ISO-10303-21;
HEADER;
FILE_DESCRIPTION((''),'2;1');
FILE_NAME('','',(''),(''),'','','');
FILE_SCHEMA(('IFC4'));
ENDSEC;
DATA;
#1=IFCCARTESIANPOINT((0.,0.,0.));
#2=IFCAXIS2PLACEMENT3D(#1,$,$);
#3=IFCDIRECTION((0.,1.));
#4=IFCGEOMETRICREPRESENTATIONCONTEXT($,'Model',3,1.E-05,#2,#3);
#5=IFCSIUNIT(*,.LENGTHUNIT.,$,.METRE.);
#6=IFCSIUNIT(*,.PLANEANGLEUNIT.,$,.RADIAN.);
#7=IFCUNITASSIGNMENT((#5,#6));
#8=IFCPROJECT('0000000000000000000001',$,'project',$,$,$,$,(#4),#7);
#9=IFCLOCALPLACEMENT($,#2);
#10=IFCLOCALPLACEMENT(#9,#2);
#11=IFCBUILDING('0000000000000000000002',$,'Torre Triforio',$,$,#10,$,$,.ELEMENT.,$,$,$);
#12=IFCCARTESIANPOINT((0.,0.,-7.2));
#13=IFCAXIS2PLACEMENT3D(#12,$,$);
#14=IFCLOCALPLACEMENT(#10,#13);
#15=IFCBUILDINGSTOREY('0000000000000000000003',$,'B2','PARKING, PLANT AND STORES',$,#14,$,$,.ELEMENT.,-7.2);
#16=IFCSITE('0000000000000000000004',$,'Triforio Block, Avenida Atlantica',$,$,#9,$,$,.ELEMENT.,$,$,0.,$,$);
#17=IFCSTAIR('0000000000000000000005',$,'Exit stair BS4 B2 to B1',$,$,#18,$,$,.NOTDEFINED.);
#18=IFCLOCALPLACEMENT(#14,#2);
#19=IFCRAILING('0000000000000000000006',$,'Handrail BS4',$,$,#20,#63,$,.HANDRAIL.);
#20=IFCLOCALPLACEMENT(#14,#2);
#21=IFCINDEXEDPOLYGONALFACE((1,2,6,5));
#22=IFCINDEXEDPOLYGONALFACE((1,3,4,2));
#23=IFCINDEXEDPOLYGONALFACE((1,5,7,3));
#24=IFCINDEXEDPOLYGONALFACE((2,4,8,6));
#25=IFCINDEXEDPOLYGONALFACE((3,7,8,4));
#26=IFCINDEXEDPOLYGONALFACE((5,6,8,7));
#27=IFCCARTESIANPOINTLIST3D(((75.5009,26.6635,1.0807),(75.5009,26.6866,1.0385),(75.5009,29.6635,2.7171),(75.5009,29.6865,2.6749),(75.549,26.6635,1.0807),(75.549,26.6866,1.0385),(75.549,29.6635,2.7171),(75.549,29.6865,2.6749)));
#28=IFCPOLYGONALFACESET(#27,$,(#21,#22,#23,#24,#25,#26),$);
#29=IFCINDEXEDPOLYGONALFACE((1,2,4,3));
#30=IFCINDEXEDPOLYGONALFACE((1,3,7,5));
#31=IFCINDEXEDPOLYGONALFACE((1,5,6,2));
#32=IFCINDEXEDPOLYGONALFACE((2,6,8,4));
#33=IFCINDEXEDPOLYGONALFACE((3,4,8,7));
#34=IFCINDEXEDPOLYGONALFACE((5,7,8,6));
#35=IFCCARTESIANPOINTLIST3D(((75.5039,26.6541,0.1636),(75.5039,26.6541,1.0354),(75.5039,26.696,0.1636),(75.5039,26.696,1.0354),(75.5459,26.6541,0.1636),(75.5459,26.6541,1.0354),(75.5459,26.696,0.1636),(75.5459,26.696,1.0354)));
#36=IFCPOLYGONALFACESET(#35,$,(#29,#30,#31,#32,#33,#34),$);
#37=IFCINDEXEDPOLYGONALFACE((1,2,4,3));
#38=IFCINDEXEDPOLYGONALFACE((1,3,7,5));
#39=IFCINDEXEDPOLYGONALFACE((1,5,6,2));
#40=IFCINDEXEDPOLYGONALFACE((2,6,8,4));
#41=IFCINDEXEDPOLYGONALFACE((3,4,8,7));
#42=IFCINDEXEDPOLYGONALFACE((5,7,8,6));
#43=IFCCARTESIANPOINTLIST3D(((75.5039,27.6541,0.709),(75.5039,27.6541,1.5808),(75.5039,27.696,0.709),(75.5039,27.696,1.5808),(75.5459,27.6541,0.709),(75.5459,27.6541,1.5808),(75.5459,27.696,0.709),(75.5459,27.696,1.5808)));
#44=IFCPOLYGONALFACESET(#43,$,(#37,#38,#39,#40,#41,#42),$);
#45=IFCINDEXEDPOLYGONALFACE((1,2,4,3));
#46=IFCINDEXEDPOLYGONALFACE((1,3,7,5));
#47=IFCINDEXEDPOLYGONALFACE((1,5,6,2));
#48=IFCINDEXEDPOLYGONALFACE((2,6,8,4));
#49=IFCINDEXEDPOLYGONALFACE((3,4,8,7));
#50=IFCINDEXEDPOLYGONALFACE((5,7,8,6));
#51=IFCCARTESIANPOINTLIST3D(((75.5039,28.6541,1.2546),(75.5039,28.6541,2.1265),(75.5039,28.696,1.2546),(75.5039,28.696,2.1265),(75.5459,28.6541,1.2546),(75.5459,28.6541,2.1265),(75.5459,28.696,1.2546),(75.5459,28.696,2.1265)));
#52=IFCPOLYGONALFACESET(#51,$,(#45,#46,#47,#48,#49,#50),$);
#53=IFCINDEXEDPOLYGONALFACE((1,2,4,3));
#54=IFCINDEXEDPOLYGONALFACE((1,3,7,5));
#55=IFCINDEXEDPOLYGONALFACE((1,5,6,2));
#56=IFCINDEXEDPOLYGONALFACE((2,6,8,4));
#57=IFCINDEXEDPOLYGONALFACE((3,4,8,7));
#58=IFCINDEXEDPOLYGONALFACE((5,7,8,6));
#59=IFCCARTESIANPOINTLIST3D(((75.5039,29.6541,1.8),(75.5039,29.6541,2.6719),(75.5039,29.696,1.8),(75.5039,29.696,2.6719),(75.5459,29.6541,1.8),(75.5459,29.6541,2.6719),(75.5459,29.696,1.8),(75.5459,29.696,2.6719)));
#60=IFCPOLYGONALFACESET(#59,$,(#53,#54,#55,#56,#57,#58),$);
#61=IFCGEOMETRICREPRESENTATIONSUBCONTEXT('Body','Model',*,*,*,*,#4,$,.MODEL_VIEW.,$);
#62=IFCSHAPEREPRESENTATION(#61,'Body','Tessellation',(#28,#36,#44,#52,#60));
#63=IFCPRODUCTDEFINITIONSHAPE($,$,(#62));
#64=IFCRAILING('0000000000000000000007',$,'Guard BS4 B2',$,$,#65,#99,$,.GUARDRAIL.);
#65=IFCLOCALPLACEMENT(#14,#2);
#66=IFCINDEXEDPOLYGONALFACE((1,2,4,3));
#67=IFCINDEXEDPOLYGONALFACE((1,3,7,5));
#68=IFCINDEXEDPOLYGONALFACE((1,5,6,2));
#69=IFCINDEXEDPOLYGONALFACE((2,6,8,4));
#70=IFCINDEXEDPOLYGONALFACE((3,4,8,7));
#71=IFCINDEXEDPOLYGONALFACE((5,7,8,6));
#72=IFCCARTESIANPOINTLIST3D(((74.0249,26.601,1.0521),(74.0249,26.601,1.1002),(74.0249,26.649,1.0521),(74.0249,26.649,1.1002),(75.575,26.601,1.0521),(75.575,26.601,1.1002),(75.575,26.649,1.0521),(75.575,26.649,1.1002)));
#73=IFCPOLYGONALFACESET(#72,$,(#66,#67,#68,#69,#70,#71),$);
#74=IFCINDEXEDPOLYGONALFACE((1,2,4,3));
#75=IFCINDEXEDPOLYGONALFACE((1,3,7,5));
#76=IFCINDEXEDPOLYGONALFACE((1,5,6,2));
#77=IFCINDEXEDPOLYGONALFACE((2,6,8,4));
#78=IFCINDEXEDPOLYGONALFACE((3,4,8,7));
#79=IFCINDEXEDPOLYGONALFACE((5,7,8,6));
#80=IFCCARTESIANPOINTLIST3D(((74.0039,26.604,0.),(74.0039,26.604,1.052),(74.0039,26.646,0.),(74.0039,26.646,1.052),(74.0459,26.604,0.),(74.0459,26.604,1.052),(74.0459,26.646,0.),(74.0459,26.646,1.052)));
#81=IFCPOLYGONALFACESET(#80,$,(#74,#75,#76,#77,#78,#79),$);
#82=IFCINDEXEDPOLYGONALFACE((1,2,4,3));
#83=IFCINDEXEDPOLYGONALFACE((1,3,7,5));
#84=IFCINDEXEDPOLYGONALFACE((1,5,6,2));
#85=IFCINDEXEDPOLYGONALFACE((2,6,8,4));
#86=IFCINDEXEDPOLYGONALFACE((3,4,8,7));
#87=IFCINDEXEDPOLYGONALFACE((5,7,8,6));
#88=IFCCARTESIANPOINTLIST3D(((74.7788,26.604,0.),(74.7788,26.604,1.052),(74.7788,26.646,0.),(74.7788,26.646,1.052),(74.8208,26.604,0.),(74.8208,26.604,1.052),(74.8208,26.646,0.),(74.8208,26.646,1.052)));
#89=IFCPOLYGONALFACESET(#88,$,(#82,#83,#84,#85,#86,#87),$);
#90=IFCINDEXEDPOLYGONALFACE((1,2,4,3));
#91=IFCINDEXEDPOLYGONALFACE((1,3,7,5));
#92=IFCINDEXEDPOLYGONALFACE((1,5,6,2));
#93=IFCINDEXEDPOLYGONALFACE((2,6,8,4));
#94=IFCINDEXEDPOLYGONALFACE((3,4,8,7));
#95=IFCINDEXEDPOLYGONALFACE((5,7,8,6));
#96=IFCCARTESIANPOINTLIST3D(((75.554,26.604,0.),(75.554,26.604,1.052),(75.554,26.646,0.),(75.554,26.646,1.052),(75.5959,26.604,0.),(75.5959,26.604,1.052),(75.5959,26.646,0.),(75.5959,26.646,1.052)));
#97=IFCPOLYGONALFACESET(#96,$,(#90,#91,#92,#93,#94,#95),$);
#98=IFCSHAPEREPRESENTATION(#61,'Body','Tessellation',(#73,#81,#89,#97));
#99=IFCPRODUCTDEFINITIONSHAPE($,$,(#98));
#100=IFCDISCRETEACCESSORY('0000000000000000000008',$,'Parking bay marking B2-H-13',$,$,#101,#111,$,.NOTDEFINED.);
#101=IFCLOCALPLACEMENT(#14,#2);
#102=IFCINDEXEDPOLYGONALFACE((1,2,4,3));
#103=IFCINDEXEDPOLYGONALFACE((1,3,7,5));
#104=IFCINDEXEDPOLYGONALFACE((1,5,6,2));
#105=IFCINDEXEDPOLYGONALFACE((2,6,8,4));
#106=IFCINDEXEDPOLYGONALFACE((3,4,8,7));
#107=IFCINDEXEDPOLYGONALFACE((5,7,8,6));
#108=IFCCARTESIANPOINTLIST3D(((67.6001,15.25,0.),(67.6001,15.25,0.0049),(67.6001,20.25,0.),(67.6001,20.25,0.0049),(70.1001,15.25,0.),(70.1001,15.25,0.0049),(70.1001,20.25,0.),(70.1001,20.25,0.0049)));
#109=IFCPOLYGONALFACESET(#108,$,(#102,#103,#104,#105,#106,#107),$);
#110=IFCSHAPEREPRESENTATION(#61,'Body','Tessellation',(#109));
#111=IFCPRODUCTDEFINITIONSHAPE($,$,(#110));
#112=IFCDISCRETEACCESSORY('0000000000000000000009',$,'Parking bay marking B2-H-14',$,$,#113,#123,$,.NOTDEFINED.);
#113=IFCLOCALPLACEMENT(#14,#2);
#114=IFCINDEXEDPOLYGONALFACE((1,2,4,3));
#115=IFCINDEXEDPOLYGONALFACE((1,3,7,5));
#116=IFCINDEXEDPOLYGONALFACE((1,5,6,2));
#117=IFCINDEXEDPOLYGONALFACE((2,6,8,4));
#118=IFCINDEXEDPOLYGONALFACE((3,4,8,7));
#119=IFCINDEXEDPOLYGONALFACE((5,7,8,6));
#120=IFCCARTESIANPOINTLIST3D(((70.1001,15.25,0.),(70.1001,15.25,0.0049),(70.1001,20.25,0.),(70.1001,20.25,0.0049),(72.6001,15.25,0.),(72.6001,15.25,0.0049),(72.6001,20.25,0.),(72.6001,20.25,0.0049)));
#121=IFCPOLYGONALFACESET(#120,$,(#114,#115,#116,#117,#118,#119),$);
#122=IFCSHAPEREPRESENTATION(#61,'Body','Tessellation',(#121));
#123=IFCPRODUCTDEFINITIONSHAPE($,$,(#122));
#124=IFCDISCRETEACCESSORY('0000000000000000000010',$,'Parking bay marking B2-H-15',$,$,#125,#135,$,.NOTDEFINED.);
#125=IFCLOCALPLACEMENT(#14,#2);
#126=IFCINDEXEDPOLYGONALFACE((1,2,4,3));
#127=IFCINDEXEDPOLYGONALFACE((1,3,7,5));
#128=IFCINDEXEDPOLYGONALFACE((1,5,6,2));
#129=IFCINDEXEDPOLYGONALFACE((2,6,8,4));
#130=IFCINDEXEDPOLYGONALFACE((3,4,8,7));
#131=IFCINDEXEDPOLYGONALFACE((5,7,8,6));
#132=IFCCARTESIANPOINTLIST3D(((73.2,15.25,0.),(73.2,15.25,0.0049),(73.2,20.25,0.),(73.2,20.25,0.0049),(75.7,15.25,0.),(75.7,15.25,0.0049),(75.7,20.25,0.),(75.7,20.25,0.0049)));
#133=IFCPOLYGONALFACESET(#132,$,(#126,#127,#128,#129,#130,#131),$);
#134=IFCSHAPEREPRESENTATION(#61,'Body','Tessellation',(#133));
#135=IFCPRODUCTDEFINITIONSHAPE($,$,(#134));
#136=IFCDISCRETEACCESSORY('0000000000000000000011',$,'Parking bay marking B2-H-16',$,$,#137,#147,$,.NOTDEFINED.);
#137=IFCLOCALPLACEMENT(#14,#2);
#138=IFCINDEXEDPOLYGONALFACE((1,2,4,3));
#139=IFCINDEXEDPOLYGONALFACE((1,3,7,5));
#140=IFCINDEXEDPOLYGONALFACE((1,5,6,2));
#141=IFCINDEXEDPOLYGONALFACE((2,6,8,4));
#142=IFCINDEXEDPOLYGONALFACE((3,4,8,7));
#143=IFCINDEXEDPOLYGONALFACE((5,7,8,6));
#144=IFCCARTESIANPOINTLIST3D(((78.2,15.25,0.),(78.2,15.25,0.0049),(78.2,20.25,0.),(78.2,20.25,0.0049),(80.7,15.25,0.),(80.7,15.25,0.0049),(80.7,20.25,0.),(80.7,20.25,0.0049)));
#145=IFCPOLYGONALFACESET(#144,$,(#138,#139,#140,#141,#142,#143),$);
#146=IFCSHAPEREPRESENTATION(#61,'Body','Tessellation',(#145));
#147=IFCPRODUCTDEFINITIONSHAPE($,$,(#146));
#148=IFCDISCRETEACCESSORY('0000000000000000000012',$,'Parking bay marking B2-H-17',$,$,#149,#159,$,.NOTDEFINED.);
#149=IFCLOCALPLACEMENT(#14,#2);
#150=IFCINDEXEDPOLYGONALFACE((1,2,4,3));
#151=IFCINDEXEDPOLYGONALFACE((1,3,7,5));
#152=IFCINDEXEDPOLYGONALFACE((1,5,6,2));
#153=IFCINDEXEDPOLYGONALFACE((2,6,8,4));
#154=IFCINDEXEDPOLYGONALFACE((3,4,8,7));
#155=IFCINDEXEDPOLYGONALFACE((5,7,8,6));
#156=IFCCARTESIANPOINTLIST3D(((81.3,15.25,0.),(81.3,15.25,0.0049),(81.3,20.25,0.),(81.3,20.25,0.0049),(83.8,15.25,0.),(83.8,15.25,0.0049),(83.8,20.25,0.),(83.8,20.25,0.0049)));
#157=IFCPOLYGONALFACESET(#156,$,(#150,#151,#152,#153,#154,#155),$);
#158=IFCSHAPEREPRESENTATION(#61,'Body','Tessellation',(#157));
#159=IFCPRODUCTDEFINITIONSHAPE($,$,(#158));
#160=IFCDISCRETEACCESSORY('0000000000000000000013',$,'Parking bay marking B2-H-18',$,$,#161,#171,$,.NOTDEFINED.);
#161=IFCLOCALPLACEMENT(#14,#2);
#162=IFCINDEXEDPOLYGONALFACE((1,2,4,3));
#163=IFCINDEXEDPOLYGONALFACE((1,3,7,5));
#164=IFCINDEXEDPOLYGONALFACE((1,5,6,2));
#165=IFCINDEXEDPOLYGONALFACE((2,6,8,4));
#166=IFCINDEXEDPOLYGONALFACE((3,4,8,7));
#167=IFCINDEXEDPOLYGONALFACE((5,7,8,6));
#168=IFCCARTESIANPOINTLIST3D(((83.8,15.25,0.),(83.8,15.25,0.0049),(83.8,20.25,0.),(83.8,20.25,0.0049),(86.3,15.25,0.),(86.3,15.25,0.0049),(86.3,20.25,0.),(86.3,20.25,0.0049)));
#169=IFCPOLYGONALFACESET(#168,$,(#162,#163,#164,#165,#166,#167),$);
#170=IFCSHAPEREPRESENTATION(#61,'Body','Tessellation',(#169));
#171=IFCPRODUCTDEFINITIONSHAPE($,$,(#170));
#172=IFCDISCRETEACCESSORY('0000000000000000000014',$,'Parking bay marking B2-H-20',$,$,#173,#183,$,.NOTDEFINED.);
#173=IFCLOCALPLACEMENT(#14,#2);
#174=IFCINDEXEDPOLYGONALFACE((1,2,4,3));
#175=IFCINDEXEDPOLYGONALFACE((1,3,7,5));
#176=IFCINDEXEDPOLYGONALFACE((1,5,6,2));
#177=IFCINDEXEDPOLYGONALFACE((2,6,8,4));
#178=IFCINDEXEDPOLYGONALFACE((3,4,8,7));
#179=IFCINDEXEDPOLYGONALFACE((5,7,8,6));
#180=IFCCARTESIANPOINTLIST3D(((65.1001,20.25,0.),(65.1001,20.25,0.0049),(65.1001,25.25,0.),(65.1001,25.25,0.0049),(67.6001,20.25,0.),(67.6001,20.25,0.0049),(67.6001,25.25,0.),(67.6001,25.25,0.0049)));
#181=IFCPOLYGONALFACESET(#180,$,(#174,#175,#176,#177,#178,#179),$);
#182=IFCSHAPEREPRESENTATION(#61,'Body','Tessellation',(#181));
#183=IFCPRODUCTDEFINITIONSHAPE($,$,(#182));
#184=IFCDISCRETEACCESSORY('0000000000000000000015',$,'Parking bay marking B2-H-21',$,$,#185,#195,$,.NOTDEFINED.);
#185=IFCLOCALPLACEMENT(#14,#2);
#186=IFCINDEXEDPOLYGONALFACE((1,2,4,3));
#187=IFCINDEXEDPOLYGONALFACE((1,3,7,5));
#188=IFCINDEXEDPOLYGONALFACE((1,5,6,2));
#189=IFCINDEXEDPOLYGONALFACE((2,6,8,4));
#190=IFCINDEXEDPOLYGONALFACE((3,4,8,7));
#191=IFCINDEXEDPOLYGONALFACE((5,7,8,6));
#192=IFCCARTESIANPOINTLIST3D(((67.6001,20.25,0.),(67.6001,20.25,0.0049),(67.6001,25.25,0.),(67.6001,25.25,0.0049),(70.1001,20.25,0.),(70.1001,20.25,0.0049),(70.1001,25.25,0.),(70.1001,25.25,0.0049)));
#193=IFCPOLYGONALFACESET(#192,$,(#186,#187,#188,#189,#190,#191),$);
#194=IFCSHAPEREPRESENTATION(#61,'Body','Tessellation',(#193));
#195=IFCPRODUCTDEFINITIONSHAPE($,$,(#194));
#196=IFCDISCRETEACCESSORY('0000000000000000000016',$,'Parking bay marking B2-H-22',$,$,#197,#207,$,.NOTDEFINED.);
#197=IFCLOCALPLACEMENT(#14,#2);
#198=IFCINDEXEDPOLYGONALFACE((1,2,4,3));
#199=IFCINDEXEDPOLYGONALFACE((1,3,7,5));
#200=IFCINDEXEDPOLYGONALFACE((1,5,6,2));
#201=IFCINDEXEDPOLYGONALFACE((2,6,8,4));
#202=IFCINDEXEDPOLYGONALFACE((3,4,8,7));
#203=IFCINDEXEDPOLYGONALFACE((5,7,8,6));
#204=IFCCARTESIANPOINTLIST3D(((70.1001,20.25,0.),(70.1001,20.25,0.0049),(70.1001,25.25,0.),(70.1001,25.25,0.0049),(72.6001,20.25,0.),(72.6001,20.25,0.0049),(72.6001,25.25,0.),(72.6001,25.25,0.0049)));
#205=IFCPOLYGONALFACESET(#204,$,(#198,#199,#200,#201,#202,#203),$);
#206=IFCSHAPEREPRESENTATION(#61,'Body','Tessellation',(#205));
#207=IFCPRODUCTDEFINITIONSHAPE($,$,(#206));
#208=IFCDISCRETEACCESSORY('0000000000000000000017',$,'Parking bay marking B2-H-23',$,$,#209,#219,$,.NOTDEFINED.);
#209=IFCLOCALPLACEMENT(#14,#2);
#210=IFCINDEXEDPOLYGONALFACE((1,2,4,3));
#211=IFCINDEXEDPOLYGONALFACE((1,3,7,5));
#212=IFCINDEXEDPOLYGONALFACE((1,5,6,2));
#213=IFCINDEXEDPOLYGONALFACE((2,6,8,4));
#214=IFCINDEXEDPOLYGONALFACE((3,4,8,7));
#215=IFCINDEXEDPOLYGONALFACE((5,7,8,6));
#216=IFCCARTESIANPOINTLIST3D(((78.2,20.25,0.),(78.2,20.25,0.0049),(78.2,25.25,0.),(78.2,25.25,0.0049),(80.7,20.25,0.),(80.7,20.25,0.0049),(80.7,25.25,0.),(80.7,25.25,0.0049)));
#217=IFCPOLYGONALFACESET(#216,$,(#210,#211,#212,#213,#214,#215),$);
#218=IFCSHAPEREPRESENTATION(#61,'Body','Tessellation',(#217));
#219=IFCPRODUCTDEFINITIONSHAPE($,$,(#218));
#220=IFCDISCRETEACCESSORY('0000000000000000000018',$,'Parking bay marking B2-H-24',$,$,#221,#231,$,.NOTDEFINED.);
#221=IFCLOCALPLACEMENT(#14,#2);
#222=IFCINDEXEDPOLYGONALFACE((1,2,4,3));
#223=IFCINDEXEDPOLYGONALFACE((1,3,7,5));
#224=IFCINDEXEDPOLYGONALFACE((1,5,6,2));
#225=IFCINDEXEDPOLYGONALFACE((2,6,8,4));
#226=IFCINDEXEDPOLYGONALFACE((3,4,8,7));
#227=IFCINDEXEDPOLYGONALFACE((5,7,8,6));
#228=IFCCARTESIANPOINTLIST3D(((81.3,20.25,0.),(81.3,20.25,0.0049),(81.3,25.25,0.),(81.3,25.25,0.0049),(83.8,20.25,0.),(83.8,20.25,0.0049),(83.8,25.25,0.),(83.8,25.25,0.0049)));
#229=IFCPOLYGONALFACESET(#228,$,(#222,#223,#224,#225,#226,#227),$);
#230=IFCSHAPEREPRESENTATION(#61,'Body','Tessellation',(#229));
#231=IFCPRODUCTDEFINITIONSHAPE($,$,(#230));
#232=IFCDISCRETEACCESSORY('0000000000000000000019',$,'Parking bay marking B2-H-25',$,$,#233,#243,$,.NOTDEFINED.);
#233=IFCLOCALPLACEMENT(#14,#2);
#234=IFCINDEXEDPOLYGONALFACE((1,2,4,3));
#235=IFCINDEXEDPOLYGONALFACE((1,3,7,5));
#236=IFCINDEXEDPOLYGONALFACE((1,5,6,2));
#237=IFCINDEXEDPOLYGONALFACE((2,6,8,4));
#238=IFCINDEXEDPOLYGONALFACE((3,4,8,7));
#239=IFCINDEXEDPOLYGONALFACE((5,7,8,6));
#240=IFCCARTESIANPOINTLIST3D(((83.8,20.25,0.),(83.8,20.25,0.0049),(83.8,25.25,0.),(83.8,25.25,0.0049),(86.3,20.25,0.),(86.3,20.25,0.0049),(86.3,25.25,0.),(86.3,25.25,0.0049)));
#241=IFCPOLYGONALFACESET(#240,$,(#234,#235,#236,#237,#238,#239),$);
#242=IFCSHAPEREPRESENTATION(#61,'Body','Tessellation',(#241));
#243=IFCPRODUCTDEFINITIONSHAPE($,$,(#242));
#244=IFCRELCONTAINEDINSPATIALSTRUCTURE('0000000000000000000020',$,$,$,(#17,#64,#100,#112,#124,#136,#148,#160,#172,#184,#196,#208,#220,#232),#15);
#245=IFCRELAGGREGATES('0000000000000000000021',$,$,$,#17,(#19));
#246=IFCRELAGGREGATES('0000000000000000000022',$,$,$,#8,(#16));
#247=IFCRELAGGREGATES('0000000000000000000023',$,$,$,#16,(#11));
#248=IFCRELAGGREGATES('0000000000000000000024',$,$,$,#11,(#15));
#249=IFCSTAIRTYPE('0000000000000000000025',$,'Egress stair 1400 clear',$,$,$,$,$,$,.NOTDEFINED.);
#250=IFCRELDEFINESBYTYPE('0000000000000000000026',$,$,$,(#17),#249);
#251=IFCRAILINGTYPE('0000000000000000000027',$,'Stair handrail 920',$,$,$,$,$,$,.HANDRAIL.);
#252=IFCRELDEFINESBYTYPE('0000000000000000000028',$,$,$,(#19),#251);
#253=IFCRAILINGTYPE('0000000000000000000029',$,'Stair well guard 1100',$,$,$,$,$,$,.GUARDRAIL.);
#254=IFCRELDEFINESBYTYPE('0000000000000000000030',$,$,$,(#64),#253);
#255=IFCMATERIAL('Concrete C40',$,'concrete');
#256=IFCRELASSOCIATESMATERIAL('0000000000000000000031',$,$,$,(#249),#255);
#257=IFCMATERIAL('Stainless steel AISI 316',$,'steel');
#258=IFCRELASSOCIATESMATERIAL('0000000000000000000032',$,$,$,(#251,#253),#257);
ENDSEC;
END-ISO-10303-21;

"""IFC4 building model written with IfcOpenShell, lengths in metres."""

from ifc_helpers import new_model, si_unit, direction, frame, origin, origin_2d, place, context, subcontext, project, spatial, rectangle, extrude, material, type_object, element, aggregate, save


model = new_model("IFC4")

# Units and contexts
model_context = context("Model", 3, precision=1e-05, world=origin(), true_north=direction((0.0, 1.0)))
body_context = subcontext(model_context, "Body", "Model", "MODEL_VIEW")
ifc_project = project(units=[si_unit("LENGTHUNIT", "METRE"), si_unit("PLANEANGLEUNIT", "RADIAN")], contexts=[model_context])

# Site, building, storey
site_placement = place(None, origin())
site = spatial("IfcSite", under=ifc_project, at=site_placement, Name="Triforio Block, Avenida Atlantica", CompositionType="ELEMENT", RefElevation=0.0)
building_placement = place(site_placement, origin())
building = spatial("IfcBuilding", under=site, at=building_placement, Name="Torre Triforio", CompositionType="ELEMENT")
storey_placement = place(building_placement, frame((0.0, 0.0, -7.2)))
storey = spatial("IfcBuildingStorey", under=building, at=storey_placement, Name="B2", Description="PARKING, PLANT AND STORES", CompositionType="ELEMENT", Elevation=-7.2)

# Shared definitions
ifc_material_1 = material(Name="Concrete C40", Category="concrete")

# Stair, railing
stair_type = type_object("IfcStairType", Name="Egress stair 1400 clear", PredefinedType="NOTDEFINED", material=ifc_material_1)
stair_placement = place(storey_placement, origin())
stair = element("IfcStair", 1, at=stair_placement, inside=storey, type_object=stair_type, Name="Exit stair BS4 B2 to B1", PredefinedType="NOTDEFINED")
ifc_material_2 = material(Name="Stainless steel AISI 316", Category="steel")
railing_type_1 = type_object("IfcRailingType", Name="Stair handrail 920", PredefinedType="HANDRAIL", material=ifc_material_2)
railing_1_placement = place(storey_placement, frame((75.5249, 26.675, 0.1636)))
railing_1 = element("IfcRailing", 2, at=railing_1_placement, type_object=railing_type_1, Name="Handrail BS4", PredefinedType="HANDRAIL", context=body_context, shape_type="SweptSolid", body=[
    extrude(rectangle(XDim=0.0481, YDim=0.0481, at=origin_2d()), frame((0.0, 0.0, 0.896), z_axis=(0.0, 0.877882, 0.478877), x_axis=(-1.0, 0.0, 0.0)), (0.0, 0.0, 1.0), 3.4172),
    extrude(rectangle(XDim=0.042, YDim=0.042, at=origin_2d()), origin(), (0.0, 0.0, 1.0), 0.8718),
    extrude(rectangle(XDim=0.042, YDim=0.042, at=origin_2d()), frame((0.0, 1.0, 0.5454)), (0.0, 0.0, 1.0), 0.8718),
    extrude(rectangle(XDim=0.042, YDim=0.042, at=origin_2d()), frame((0.0, 2.0, 1.0911)), (0.0, 0.0, 1.0), 0.8718),
    extrude(rectangle(XDim=0.042, YDim=0.042, at=origin_2d()), frame((0.0, 3.0, 1.6365)), (0.0, 0.0, 1.0), 0.8718),
])
aggregate(stair, [railing_1])

# Railing
railing_type_2 = type_object("IfcRailingType", Name="Stair well guard 1100", PredefinedType="GUARDRAIL", material=ifc_material_2)
railing_2_placement = place(storey_placement, frame((74.0249, 26.625, 0.0)))
element("IfcRailing", 3, at=railing_2_placement, inside=storey, type_object=railing_type_2, Name="Guard BS4 B2", PredefinedType="GUARDRAIL", context=body_context, shape_type="SweptSolid", body=[
    extrude(rectangle(XDim=0.0481, YDim=0.0481, at=origin_2d()), frame((0.0, 0.0, 1.0762), z_axis=(1.0, 0.0, 0.0), x_axis=(0.0, 1.0, 0.0)), (0.0, 0.0, 1.0), 1.55),
    extrude(rectangle(XDim=0.042, YDim=0.042, at=origin_2d()), origin(), (0.0, 0.0, 1.0), 1.052),
    extrude(rectangle(XDim=0.042, YDim=0.042, at=origin_2d()), frame((0.7749, 0.0, 0.0)), (0.0, 0.0, 1.0), 1.052),
    extrude(rectangle(XDim=0.042, YDim=0.042, at=origin_2d()), frame((1.55, 0.0, 0.0)), (0.0, 0.0, 1.0), 1.052),
])

# Discrete accessories
for number, where, z_axis, x_axis, name in (
    (4, (68.8501, 17.75, 0.0), (0.0, 0.0, 1.0), (1.0, 0.0, 0.0), "Parking bay marking B2-H-13"),
    (5, (71.3501, 17.75, 0.0), (0.0, 0.0, 1.0), (1.0, 0.0, 0.0), "Parking bay marking B2-H-14"),
    (6, (74.45, 17.75, 0.0), (0.0, 0.0, 1.0), (1.0, 0.0, 0.0), "Parking bay marking B2-H-15"),
    (7, (79.45, 17.75, 0.0), (0.0, 0.0, 1.0), (1.0, 0.0, 0.0), "Parking bay marking B2-H-16"),
    (8, (82.55, 17.75, 0.0), (0.0, 0.0, 1.0), (1.0, 0.0, 0.0), "Parking bay marking B2-H-17"),
    (9, (85.05, 17.75, 0.0), (0.0, 0.0, 1.0), (1.0, 0.0, 0.0), "Parking bay marking B2-H-18"),
    (10, (66.3501, 22.75, 0.0), (0.0, 0.0, 1.0), (1.0, 0.0, 0.0), "Parking bay marking B2-H-20"),
    (11, (68.8501, 22.75, 0.0), (0.0, 0.0, 1.0), (1.0, 0.0, 0.0), "Parking bay marking B2-H-21"),
    (12, (71.3501, 22.75, 0.0), (0.0, 0.0, 1.0), (1.0, 0.0, 0.0), "Parking bay marking B2-H-22"),
    (13, (79.45, 22.75, 0.0), (0.0, 0.0, 1.0), (1.0, 0.0, 0.0), "Parking bay marking B2-H-23"),
    (14, (82.55, 22.75, 0.0), (0.0, 0.0, 1.0), (1.0, 0.0, 0.0), "Parking bay marking B2-H-24"),
    (15, (85.05, 22.75, 0.0), (0.0, 0.0, 1.0), (1.0, 0.0, 0.0), "Parking bay marking B2-H-25"),
):
    element("IfcDiscreteAccessory", number, at=place(storey_placement, frame(where, z_axis=z_axis, x_axis=x_axis)), inside=storey, Name=name, PredefinedType="NOTDEFINED", context=body_context, shape_type="SweptSolid", body=[
        extrude(rectangle(XDim=2.5, YDim=5.0, at=origin_2d()), origin(), (0.0, 0.0, 1.0), 0.0049),
    ])

save(model, "model.ifc")
